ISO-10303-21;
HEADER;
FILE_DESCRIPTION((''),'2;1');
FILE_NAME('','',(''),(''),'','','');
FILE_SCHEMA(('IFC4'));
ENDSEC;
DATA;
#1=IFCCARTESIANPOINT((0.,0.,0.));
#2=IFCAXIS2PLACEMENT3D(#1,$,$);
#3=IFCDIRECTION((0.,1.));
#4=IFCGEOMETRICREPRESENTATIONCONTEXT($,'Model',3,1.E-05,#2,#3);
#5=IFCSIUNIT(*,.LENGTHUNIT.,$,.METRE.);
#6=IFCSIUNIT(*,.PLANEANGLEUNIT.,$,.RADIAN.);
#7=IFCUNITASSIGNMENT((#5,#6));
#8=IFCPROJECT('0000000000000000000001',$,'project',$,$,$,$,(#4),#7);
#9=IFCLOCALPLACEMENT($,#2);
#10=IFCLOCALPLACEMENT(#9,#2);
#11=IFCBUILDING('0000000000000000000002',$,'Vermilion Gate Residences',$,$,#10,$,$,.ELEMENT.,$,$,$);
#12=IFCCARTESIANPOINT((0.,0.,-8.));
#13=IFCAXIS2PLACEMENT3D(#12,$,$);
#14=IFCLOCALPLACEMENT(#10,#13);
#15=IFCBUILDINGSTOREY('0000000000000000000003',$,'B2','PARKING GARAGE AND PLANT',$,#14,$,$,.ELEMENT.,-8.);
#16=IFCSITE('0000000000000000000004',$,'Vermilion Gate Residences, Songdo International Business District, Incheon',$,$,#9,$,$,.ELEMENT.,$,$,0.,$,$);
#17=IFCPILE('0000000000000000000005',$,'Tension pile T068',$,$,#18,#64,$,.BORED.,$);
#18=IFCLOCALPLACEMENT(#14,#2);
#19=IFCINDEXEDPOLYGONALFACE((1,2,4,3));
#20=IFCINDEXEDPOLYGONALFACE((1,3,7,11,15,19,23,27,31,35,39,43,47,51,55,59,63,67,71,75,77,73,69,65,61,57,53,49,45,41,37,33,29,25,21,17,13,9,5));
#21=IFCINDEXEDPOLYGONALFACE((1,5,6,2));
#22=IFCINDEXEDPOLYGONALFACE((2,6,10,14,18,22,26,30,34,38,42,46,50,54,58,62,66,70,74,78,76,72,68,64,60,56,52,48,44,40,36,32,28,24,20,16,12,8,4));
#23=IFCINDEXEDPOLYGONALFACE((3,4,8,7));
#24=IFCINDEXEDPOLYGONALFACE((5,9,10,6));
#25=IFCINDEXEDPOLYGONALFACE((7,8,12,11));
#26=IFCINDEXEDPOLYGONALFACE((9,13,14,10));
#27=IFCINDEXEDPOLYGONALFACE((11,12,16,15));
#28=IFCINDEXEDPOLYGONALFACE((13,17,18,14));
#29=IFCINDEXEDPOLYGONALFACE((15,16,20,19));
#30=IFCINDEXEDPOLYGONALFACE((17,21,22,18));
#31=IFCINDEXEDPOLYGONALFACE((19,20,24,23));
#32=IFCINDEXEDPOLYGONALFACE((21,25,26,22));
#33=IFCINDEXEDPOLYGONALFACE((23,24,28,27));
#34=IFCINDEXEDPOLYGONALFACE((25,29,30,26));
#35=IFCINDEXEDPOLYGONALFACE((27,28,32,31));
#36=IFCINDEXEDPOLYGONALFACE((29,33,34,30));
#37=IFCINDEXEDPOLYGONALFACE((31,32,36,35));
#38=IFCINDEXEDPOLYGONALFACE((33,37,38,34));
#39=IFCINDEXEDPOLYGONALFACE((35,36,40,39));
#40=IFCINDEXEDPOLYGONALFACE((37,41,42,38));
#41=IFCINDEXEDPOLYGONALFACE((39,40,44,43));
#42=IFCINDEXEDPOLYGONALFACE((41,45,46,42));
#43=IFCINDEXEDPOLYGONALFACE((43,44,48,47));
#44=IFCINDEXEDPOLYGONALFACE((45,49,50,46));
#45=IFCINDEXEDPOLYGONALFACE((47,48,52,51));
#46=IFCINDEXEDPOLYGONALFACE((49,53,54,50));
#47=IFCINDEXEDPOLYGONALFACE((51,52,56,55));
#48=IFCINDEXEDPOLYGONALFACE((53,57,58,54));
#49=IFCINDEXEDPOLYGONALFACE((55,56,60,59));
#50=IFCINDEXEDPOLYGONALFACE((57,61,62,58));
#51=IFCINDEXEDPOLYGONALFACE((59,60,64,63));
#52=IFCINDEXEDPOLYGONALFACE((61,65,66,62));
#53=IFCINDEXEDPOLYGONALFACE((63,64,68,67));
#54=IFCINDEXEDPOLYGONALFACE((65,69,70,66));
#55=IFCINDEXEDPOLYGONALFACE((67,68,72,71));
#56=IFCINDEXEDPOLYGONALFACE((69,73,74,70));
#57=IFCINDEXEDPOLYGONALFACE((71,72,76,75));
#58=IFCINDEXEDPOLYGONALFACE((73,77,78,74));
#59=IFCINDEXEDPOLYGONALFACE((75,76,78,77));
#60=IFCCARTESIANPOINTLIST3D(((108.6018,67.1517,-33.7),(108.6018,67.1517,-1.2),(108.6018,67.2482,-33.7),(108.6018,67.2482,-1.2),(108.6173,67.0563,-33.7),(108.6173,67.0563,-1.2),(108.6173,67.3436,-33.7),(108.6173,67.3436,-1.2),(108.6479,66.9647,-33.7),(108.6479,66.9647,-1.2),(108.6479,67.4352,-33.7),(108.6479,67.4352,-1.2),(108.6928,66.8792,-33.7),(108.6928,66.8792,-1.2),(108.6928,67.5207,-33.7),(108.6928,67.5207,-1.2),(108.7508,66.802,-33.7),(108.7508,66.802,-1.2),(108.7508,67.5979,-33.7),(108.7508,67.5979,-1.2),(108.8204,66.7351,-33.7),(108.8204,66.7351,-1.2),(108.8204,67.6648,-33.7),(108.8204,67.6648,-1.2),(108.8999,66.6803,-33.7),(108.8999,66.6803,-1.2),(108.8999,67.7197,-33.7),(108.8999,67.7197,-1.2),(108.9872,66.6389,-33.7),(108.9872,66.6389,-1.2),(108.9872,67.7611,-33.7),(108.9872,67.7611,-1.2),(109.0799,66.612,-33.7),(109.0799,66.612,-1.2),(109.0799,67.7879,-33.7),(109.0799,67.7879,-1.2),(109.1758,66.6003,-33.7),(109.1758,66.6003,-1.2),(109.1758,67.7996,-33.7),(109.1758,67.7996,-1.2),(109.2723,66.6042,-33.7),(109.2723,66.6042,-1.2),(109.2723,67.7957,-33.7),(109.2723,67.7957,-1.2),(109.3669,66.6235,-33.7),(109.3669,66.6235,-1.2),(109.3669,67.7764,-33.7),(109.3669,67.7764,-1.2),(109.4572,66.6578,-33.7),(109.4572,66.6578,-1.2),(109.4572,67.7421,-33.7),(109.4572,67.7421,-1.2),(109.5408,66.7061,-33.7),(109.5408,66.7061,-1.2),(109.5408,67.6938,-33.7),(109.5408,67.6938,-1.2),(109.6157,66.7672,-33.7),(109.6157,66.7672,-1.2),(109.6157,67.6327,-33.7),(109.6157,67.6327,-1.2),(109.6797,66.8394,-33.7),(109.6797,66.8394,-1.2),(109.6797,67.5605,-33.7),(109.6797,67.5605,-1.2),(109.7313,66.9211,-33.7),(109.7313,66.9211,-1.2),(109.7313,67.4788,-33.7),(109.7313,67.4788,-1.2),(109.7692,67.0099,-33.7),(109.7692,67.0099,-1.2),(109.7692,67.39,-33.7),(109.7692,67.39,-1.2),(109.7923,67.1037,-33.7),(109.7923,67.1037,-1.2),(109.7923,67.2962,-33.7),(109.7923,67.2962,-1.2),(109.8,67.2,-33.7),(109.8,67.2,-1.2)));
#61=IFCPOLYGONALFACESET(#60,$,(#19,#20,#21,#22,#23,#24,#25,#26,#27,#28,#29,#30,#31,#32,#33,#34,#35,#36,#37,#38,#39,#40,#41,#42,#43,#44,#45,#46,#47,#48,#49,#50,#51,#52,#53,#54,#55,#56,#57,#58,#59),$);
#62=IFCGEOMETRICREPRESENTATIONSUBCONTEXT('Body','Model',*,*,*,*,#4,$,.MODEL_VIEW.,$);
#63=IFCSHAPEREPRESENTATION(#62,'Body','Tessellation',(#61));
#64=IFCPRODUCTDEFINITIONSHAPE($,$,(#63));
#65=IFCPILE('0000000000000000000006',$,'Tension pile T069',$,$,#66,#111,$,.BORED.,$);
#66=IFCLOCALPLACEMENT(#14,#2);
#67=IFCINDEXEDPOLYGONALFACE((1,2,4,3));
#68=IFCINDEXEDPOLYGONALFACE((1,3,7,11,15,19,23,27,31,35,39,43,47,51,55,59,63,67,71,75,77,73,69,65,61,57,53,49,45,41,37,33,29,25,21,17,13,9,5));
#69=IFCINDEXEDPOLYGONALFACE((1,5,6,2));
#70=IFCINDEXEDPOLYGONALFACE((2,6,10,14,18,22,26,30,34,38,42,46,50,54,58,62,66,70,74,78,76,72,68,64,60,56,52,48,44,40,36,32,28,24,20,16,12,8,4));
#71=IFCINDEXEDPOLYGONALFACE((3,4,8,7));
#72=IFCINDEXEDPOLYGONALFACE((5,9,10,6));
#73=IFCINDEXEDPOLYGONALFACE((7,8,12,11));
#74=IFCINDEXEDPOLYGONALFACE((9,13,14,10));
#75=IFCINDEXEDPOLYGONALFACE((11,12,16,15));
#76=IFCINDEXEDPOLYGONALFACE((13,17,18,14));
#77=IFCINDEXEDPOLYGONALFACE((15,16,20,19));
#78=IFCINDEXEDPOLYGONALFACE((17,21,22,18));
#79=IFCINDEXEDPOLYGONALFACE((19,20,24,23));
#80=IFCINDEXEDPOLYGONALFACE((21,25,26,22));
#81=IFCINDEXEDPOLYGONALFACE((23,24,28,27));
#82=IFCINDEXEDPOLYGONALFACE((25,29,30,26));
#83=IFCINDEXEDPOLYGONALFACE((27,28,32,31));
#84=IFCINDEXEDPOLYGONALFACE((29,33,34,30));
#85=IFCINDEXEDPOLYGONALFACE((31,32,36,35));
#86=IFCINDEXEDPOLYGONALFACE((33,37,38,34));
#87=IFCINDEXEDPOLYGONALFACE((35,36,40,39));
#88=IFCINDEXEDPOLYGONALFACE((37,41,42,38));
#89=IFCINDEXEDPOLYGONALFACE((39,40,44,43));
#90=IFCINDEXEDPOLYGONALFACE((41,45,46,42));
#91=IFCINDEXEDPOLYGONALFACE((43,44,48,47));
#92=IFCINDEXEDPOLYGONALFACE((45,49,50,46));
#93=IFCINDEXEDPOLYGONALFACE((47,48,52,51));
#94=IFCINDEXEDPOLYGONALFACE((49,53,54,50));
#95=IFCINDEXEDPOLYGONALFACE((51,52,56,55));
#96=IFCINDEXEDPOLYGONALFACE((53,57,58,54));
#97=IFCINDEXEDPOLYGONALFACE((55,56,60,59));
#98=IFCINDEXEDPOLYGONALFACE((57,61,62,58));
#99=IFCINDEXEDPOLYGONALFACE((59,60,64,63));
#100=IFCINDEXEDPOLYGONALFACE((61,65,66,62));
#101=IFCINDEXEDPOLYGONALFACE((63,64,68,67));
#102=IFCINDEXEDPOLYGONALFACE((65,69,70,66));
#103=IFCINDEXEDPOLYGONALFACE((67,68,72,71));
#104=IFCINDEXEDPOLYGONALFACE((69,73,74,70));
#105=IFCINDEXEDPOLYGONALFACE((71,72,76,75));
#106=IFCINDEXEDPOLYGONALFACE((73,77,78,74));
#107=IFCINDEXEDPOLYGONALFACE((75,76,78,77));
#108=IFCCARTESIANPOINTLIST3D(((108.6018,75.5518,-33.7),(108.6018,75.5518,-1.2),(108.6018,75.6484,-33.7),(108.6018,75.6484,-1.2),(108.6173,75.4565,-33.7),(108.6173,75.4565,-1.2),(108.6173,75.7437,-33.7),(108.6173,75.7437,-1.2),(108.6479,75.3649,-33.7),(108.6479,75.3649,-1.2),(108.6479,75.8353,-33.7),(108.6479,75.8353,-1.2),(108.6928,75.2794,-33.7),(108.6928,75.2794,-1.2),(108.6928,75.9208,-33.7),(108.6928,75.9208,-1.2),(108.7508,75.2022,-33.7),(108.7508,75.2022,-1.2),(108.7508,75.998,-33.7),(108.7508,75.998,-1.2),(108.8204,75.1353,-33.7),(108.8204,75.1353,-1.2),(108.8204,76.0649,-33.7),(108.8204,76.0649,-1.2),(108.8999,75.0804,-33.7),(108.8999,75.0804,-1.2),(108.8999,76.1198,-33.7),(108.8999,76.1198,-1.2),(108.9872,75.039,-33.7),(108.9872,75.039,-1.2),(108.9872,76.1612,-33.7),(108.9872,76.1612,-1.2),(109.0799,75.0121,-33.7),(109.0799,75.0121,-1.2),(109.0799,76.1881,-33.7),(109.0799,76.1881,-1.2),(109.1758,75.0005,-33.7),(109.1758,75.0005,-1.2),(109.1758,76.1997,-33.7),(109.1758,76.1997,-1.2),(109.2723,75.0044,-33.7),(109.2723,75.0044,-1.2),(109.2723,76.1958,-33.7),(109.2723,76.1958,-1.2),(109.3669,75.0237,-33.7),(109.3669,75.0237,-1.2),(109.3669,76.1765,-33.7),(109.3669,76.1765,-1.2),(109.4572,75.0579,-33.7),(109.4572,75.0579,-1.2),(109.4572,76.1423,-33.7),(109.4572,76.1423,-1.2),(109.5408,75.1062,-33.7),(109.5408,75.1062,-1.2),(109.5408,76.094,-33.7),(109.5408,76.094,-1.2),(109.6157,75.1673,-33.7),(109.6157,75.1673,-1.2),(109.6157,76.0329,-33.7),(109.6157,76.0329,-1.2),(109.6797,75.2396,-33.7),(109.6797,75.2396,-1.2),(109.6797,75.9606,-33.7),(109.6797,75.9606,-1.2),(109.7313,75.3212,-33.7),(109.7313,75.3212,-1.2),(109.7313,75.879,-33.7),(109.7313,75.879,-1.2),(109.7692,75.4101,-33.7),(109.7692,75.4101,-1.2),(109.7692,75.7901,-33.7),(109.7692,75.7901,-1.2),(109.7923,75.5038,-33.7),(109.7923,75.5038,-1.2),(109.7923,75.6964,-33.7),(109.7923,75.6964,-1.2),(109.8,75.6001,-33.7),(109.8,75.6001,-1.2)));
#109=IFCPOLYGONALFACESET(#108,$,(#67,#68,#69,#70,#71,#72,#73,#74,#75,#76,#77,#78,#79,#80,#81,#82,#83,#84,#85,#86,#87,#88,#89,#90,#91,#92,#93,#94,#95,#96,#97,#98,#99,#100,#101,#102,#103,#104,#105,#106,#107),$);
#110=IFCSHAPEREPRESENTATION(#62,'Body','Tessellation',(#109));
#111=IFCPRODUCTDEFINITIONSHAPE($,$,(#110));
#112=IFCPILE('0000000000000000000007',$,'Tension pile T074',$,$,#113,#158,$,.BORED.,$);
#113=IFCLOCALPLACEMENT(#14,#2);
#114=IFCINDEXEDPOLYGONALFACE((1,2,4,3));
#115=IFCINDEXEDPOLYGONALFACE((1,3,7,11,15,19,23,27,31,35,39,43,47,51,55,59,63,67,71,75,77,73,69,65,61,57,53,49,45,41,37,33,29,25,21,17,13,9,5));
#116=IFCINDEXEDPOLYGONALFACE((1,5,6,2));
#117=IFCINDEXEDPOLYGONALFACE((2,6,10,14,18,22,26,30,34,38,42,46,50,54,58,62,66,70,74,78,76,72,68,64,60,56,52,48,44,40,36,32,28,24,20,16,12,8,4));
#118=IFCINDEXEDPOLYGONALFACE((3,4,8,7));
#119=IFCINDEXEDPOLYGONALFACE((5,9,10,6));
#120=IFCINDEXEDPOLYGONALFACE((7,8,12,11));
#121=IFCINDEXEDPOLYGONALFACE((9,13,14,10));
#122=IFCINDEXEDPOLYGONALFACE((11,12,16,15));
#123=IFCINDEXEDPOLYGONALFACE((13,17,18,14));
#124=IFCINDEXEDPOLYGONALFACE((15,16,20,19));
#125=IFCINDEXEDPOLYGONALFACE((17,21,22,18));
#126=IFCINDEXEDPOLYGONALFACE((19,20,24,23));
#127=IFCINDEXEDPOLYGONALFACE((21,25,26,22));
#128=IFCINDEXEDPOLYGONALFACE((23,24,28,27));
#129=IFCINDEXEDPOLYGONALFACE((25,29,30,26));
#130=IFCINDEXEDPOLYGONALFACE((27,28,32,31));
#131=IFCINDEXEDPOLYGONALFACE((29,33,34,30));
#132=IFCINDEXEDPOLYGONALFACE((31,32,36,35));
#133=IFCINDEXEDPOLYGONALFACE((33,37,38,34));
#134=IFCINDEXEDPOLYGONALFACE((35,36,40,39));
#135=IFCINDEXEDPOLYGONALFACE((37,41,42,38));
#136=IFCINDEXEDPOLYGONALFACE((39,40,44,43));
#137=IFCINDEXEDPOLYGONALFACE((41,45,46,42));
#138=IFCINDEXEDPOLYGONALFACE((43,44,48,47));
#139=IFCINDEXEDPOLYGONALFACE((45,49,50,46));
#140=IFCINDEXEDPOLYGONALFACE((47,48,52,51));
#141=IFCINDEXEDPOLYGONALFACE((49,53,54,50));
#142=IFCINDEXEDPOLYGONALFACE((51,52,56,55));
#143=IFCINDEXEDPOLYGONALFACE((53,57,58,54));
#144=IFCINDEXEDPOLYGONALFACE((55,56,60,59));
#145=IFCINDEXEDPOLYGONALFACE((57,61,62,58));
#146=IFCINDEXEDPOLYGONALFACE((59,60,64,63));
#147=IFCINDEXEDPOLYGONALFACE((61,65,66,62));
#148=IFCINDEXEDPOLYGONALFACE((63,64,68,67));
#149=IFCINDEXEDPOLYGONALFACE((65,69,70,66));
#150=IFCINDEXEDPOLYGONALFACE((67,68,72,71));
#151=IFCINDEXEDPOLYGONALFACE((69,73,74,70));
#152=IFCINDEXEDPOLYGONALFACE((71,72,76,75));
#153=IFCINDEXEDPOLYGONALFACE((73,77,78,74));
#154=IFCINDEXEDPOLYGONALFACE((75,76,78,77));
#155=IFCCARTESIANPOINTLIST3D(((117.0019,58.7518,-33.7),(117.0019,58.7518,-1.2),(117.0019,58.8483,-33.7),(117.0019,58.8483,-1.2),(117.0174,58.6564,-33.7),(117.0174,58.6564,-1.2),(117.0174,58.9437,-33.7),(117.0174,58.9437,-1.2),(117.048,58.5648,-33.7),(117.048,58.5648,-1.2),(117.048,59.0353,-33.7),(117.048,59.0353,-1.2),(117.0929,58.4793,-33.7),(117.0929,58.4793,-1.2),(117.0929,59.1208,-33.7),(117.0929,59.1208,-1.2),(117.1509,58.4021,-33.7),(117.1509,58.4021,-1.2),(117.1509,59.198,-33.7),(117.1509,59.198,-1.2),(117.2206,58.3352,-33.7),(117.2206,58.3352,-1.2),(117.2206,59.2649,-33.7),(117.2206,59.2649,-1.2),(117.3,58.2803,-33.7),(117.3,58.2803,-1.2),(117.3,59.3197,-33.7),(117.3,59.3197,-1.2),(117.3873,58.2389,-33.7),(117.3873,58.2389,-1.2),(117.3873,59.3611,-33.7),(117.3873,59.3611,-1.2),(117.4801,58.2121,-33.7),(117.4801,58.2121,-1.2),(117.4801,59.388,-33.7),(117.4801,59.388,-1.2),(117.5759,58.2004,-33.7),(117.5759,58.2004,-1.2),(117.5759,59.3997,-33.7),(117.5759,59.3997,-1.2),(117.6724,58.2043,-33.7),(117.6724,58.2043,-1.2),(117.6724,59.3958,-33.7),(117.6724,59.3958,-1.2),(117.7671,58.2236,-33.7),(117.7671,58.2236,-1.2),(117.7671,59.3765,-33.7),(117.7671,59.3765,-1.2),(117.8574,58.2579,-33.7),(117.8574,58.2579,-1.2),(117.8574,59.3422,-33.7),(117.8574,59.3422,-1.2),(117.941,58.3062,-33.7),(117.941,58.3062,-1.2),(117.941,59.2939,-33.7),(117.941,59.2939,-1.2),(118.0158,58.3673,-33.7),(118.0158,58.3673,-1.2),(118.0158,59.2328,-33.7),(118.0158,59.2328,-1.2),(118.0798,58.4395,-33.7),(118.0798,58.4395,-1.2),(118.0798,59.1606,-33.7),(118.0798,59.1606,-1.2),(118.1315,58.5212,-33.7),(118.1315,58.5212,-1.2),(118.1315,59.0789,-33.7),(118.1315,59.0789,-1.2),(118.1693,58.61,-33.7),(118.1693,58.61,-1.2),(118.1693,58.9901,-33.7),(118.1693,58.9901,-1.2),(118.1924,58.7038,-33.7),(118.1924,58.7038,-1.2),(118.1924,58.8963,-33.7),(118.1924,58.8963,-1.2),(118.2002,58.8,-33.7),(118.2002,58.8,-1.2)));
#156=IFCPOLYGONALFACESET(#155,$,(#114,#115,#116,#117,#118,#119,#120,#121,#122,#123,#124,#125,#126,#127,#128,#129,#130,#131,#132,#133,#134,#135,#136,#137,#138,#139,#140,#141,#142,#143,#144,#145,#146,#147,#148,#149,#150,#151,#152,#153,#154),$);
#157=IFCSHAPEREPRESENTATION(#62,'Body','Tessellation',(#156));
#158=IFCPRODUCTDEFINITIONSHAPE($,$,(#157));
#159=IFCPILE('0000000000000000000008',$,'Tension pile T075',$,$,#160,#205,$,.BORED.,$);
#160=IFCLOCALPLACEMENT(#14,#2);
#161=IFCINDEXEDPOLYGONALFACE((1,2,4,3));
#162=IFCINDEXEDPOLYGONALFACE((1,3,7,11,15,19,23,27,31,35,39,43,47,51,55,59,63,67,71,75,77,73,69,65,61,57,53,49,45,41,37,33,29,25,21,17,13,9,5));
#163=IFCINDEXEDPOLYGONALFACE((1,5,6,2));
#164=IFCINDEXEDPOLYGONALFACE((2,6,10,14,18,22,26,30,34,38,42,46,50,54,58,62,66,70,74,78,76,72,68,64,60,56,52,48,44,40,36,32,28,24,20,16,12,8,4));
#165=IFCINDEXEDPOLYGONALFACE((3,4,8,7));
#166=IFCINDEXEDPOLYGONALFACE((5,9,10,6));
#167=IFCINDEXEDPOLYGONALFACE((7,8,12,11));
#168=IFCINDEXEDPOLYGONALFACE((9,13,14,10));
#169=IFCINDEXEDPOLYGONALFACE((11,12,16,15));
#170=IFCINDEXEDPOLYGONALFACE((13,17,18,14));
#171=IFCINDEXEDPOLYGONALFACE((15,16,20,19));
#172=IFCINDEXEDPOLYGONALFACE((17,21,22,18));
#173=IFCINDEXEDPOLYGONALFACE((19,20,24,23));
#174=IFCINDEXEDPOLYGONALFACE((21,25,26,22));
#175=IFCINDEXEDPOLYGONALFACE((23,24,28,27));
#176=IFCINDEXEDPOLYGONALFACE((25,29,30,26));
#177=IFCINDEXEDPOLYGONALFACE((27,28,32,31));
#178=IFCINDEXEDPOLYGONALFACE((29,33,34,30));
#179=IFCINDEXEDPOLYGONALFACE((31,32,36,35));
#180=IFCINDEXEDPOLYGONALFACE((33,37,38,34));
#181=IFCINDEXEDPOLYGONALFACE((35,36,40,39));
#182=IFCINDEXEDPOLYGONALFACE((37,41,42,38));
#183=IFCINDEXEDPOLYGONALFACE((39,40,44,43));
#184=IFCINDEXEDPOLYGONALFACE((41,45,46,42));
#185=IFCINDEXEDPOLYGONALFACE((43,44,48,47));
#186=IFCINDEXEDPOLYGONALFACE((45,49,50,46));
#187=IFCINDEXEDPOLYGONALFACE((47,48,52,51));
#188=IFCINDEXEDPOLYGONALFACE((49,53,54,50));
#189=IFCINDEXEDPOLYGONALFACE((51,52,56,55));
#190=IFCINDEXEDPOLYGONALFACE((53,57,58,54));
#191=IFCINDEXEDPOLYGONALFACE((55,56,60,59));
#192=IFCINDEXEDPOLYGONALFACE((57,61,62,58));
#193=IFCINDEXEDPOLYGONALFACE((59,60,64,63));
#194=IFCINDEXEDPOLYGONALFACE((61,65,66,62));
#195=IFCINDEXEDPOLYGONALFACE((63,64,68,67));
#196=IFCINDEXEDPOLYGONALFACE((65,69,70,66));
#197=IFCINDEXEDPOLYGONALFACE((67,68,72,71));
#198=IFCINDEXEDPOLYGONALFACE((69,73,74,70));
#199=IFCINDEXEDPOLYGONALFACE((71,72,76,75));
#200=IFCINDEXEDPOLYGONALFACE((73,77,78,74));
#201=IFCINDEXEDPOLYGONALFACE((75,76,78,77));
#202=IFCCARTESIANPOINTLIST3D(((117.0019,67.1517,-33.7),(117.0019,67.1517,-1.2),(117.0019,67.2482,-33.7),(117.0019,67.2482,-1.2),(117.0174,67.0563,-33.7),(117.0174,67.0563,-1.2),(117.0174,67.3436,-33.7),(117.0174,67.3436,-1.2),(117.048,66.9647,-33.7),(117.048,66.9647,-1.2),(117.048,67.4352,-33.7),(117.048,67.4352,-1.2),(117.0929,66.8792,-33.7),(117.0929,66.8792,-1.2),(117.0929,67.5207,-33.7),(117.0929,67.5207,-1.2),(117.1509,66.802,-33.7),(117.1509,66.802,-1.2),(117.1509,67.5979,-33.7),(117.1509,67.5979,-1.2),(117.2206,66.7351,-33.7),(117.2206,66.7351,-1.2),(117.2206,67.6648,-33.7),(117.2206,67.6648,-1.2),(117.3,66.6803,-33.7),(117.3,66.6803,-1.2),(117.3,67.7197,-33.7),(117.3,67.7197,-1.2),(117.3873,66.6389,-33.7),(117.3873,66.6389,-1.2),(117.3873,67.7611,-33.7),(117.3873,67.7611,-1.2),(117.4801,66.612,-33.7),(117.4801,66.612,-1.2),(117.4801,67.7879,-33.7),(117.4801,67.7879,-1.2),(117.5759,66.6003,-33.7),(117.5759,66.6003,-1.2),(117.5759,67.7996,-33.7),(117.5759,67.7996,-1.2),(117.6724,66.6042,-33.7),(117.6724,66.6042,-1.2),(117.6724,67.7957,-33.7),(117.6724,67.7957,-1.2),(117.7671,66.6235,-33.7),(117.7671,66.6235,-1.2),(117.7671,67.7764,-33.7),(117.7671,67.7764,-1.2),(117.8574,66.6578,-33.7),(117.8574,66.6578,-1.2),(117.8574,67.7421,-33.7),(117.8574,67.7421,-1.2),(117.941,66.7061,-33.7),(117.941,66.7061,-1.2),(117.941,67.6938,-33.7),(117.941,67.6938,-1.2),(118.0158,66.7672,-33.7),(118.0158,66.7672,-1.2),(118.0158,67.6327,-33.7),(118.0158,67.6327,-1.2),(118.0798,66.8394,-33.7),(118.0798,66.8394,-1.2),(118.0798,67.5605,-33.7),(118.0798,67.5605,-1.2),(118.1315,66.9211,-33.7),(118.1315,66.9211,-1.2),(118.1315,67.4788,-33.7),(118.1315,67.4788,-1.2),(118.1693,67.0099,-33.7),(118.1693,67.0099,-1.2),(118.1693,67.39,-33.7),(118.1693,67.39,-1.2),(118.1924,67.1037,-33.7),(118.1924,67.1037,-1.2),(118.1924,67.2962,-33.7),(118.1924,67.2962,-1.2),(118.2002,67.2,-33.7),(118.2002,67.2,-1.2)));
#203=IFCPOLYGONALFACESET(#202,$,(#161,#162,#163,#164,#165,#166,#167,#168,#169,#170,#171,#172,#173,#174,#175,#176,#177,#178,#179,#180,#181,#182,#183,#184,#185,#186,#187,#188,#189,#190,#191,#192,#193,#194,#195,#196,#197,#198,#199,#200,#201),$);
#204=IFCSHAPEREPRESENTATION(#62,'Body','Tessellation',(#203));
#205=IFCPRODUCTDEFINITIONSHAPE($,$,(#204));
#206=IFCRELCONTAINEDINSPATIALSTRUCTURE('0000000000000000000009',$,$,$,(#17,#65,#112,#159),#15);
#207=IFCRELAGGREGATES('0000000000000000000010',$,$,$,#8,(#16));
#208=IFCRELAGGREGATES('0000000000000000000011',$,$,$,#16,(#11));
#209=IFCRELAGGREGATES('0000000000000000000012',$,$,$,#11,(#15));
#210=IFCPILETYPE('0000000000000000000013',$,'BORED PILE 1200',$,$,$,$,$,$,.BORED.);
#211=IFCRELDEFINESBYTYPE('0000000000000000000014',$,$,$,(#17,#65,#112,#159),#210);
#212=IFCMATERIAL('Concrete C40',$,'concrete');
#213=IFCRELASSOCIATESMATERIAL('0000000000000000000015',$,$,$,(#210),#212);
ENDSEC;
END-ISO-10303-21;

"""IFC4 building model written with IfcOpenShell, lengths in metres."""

from ifc_helpers import new_model, si_unit, direction, frame, origin, origin_2d, place, context, subcontext, project, spatial, circle, extrude, material, material_profile, profile_set, type_object, element, save


model = new_model("IFC4")

# Units and contexts
model_context = context("Model", 3, precision=1e-05, world=origin(), true_north=direction((0.0, 1.0)))
body_context = subcontext(model_context, "Body", "Model", "MODEL_VIEW")
ifc_project = project(units=[si_unit("LENGTHUNIT", "METRE"), si_unit("PLANEANGLEUNIT", "RADIAN")], contexts=[model_context])

# Site, building, storey
site_placement = place(None, origin())
site = spatial("IfcSite", under=ifc_project, at=site_placement, Name="Vermilion Gate Residences, Songdo International Business District, Incheon", CompositionType="ELEMENT", RefElevation=0.0)
building_placement = place(site_placement, origin())
building = spatial("IfcBuilding", under=site, at=building_placement, Name="Vermilion Gate Residences", CompositionType="ELEMENT")
storey_placement = place(building_placement, frame((0.0, 0.0, -8.0)))
storey = spatial("IfcBuildingStorey", under=building, at=storey_placement, Name="B2", Description="PARKING GARAGE AND PLANT", CompositionType="ELEMENT", Elevation=-8.0)

# Piles
ifc_material_1 = material(Name="Concrete C40", Category="concrete")
ifc_material_profile_1 = material_profile(ifc_material_1, circle(Radius=0.6001, at=origin_2d()), Name="BORED PILE 1200")
ifc_profile_set_1 = profile_set([ifc_material_profile_1], Name="Concrete C40")
pile_type = type_object("IfcPileType", Name="BORED PILE 1200", PredefinedType="BORED", material=ifc_profile_set_1)
for number, where, z_axis, x_axis, name in (
    (1, (109.2, 67.2, -1.2), (0.0, 0.0, -1.0), (1.0, 0.0, 0.0), "Tension pile T068"),
    (2, (109.2, 75.6001, -1.2), (0.0, 0.0, -1.0), (1.0, 0.0, 0.0), "Tension pile T069"),
    (3, (117.6001, 58.8, -1.2), (0.0, 0.0, -1.0), (1.0, 0.0, 0.0), "Tension pile T074"),
    (4, (117.6001, 67.2, -1.2), (0.0, 0.0, -1.0), (1.0, 0.0, 0.0), "Tension pile T075"),
):
    element("IfcPile", number, at=place(storey_placement, frame(where, z_axis=z_axis, x_axis=x_axis)), inside=storey, type_object=pile_type, Name=name, PredefinedType="BORED", context=body_context, shape_type="SweptSolid", body=[
        extrude(circle(Radius=0.6001, at=origin_2d()), origin(), (0.0, 0.0, 1.0), 32.5),
    ])

save(model, "model.ifc")
